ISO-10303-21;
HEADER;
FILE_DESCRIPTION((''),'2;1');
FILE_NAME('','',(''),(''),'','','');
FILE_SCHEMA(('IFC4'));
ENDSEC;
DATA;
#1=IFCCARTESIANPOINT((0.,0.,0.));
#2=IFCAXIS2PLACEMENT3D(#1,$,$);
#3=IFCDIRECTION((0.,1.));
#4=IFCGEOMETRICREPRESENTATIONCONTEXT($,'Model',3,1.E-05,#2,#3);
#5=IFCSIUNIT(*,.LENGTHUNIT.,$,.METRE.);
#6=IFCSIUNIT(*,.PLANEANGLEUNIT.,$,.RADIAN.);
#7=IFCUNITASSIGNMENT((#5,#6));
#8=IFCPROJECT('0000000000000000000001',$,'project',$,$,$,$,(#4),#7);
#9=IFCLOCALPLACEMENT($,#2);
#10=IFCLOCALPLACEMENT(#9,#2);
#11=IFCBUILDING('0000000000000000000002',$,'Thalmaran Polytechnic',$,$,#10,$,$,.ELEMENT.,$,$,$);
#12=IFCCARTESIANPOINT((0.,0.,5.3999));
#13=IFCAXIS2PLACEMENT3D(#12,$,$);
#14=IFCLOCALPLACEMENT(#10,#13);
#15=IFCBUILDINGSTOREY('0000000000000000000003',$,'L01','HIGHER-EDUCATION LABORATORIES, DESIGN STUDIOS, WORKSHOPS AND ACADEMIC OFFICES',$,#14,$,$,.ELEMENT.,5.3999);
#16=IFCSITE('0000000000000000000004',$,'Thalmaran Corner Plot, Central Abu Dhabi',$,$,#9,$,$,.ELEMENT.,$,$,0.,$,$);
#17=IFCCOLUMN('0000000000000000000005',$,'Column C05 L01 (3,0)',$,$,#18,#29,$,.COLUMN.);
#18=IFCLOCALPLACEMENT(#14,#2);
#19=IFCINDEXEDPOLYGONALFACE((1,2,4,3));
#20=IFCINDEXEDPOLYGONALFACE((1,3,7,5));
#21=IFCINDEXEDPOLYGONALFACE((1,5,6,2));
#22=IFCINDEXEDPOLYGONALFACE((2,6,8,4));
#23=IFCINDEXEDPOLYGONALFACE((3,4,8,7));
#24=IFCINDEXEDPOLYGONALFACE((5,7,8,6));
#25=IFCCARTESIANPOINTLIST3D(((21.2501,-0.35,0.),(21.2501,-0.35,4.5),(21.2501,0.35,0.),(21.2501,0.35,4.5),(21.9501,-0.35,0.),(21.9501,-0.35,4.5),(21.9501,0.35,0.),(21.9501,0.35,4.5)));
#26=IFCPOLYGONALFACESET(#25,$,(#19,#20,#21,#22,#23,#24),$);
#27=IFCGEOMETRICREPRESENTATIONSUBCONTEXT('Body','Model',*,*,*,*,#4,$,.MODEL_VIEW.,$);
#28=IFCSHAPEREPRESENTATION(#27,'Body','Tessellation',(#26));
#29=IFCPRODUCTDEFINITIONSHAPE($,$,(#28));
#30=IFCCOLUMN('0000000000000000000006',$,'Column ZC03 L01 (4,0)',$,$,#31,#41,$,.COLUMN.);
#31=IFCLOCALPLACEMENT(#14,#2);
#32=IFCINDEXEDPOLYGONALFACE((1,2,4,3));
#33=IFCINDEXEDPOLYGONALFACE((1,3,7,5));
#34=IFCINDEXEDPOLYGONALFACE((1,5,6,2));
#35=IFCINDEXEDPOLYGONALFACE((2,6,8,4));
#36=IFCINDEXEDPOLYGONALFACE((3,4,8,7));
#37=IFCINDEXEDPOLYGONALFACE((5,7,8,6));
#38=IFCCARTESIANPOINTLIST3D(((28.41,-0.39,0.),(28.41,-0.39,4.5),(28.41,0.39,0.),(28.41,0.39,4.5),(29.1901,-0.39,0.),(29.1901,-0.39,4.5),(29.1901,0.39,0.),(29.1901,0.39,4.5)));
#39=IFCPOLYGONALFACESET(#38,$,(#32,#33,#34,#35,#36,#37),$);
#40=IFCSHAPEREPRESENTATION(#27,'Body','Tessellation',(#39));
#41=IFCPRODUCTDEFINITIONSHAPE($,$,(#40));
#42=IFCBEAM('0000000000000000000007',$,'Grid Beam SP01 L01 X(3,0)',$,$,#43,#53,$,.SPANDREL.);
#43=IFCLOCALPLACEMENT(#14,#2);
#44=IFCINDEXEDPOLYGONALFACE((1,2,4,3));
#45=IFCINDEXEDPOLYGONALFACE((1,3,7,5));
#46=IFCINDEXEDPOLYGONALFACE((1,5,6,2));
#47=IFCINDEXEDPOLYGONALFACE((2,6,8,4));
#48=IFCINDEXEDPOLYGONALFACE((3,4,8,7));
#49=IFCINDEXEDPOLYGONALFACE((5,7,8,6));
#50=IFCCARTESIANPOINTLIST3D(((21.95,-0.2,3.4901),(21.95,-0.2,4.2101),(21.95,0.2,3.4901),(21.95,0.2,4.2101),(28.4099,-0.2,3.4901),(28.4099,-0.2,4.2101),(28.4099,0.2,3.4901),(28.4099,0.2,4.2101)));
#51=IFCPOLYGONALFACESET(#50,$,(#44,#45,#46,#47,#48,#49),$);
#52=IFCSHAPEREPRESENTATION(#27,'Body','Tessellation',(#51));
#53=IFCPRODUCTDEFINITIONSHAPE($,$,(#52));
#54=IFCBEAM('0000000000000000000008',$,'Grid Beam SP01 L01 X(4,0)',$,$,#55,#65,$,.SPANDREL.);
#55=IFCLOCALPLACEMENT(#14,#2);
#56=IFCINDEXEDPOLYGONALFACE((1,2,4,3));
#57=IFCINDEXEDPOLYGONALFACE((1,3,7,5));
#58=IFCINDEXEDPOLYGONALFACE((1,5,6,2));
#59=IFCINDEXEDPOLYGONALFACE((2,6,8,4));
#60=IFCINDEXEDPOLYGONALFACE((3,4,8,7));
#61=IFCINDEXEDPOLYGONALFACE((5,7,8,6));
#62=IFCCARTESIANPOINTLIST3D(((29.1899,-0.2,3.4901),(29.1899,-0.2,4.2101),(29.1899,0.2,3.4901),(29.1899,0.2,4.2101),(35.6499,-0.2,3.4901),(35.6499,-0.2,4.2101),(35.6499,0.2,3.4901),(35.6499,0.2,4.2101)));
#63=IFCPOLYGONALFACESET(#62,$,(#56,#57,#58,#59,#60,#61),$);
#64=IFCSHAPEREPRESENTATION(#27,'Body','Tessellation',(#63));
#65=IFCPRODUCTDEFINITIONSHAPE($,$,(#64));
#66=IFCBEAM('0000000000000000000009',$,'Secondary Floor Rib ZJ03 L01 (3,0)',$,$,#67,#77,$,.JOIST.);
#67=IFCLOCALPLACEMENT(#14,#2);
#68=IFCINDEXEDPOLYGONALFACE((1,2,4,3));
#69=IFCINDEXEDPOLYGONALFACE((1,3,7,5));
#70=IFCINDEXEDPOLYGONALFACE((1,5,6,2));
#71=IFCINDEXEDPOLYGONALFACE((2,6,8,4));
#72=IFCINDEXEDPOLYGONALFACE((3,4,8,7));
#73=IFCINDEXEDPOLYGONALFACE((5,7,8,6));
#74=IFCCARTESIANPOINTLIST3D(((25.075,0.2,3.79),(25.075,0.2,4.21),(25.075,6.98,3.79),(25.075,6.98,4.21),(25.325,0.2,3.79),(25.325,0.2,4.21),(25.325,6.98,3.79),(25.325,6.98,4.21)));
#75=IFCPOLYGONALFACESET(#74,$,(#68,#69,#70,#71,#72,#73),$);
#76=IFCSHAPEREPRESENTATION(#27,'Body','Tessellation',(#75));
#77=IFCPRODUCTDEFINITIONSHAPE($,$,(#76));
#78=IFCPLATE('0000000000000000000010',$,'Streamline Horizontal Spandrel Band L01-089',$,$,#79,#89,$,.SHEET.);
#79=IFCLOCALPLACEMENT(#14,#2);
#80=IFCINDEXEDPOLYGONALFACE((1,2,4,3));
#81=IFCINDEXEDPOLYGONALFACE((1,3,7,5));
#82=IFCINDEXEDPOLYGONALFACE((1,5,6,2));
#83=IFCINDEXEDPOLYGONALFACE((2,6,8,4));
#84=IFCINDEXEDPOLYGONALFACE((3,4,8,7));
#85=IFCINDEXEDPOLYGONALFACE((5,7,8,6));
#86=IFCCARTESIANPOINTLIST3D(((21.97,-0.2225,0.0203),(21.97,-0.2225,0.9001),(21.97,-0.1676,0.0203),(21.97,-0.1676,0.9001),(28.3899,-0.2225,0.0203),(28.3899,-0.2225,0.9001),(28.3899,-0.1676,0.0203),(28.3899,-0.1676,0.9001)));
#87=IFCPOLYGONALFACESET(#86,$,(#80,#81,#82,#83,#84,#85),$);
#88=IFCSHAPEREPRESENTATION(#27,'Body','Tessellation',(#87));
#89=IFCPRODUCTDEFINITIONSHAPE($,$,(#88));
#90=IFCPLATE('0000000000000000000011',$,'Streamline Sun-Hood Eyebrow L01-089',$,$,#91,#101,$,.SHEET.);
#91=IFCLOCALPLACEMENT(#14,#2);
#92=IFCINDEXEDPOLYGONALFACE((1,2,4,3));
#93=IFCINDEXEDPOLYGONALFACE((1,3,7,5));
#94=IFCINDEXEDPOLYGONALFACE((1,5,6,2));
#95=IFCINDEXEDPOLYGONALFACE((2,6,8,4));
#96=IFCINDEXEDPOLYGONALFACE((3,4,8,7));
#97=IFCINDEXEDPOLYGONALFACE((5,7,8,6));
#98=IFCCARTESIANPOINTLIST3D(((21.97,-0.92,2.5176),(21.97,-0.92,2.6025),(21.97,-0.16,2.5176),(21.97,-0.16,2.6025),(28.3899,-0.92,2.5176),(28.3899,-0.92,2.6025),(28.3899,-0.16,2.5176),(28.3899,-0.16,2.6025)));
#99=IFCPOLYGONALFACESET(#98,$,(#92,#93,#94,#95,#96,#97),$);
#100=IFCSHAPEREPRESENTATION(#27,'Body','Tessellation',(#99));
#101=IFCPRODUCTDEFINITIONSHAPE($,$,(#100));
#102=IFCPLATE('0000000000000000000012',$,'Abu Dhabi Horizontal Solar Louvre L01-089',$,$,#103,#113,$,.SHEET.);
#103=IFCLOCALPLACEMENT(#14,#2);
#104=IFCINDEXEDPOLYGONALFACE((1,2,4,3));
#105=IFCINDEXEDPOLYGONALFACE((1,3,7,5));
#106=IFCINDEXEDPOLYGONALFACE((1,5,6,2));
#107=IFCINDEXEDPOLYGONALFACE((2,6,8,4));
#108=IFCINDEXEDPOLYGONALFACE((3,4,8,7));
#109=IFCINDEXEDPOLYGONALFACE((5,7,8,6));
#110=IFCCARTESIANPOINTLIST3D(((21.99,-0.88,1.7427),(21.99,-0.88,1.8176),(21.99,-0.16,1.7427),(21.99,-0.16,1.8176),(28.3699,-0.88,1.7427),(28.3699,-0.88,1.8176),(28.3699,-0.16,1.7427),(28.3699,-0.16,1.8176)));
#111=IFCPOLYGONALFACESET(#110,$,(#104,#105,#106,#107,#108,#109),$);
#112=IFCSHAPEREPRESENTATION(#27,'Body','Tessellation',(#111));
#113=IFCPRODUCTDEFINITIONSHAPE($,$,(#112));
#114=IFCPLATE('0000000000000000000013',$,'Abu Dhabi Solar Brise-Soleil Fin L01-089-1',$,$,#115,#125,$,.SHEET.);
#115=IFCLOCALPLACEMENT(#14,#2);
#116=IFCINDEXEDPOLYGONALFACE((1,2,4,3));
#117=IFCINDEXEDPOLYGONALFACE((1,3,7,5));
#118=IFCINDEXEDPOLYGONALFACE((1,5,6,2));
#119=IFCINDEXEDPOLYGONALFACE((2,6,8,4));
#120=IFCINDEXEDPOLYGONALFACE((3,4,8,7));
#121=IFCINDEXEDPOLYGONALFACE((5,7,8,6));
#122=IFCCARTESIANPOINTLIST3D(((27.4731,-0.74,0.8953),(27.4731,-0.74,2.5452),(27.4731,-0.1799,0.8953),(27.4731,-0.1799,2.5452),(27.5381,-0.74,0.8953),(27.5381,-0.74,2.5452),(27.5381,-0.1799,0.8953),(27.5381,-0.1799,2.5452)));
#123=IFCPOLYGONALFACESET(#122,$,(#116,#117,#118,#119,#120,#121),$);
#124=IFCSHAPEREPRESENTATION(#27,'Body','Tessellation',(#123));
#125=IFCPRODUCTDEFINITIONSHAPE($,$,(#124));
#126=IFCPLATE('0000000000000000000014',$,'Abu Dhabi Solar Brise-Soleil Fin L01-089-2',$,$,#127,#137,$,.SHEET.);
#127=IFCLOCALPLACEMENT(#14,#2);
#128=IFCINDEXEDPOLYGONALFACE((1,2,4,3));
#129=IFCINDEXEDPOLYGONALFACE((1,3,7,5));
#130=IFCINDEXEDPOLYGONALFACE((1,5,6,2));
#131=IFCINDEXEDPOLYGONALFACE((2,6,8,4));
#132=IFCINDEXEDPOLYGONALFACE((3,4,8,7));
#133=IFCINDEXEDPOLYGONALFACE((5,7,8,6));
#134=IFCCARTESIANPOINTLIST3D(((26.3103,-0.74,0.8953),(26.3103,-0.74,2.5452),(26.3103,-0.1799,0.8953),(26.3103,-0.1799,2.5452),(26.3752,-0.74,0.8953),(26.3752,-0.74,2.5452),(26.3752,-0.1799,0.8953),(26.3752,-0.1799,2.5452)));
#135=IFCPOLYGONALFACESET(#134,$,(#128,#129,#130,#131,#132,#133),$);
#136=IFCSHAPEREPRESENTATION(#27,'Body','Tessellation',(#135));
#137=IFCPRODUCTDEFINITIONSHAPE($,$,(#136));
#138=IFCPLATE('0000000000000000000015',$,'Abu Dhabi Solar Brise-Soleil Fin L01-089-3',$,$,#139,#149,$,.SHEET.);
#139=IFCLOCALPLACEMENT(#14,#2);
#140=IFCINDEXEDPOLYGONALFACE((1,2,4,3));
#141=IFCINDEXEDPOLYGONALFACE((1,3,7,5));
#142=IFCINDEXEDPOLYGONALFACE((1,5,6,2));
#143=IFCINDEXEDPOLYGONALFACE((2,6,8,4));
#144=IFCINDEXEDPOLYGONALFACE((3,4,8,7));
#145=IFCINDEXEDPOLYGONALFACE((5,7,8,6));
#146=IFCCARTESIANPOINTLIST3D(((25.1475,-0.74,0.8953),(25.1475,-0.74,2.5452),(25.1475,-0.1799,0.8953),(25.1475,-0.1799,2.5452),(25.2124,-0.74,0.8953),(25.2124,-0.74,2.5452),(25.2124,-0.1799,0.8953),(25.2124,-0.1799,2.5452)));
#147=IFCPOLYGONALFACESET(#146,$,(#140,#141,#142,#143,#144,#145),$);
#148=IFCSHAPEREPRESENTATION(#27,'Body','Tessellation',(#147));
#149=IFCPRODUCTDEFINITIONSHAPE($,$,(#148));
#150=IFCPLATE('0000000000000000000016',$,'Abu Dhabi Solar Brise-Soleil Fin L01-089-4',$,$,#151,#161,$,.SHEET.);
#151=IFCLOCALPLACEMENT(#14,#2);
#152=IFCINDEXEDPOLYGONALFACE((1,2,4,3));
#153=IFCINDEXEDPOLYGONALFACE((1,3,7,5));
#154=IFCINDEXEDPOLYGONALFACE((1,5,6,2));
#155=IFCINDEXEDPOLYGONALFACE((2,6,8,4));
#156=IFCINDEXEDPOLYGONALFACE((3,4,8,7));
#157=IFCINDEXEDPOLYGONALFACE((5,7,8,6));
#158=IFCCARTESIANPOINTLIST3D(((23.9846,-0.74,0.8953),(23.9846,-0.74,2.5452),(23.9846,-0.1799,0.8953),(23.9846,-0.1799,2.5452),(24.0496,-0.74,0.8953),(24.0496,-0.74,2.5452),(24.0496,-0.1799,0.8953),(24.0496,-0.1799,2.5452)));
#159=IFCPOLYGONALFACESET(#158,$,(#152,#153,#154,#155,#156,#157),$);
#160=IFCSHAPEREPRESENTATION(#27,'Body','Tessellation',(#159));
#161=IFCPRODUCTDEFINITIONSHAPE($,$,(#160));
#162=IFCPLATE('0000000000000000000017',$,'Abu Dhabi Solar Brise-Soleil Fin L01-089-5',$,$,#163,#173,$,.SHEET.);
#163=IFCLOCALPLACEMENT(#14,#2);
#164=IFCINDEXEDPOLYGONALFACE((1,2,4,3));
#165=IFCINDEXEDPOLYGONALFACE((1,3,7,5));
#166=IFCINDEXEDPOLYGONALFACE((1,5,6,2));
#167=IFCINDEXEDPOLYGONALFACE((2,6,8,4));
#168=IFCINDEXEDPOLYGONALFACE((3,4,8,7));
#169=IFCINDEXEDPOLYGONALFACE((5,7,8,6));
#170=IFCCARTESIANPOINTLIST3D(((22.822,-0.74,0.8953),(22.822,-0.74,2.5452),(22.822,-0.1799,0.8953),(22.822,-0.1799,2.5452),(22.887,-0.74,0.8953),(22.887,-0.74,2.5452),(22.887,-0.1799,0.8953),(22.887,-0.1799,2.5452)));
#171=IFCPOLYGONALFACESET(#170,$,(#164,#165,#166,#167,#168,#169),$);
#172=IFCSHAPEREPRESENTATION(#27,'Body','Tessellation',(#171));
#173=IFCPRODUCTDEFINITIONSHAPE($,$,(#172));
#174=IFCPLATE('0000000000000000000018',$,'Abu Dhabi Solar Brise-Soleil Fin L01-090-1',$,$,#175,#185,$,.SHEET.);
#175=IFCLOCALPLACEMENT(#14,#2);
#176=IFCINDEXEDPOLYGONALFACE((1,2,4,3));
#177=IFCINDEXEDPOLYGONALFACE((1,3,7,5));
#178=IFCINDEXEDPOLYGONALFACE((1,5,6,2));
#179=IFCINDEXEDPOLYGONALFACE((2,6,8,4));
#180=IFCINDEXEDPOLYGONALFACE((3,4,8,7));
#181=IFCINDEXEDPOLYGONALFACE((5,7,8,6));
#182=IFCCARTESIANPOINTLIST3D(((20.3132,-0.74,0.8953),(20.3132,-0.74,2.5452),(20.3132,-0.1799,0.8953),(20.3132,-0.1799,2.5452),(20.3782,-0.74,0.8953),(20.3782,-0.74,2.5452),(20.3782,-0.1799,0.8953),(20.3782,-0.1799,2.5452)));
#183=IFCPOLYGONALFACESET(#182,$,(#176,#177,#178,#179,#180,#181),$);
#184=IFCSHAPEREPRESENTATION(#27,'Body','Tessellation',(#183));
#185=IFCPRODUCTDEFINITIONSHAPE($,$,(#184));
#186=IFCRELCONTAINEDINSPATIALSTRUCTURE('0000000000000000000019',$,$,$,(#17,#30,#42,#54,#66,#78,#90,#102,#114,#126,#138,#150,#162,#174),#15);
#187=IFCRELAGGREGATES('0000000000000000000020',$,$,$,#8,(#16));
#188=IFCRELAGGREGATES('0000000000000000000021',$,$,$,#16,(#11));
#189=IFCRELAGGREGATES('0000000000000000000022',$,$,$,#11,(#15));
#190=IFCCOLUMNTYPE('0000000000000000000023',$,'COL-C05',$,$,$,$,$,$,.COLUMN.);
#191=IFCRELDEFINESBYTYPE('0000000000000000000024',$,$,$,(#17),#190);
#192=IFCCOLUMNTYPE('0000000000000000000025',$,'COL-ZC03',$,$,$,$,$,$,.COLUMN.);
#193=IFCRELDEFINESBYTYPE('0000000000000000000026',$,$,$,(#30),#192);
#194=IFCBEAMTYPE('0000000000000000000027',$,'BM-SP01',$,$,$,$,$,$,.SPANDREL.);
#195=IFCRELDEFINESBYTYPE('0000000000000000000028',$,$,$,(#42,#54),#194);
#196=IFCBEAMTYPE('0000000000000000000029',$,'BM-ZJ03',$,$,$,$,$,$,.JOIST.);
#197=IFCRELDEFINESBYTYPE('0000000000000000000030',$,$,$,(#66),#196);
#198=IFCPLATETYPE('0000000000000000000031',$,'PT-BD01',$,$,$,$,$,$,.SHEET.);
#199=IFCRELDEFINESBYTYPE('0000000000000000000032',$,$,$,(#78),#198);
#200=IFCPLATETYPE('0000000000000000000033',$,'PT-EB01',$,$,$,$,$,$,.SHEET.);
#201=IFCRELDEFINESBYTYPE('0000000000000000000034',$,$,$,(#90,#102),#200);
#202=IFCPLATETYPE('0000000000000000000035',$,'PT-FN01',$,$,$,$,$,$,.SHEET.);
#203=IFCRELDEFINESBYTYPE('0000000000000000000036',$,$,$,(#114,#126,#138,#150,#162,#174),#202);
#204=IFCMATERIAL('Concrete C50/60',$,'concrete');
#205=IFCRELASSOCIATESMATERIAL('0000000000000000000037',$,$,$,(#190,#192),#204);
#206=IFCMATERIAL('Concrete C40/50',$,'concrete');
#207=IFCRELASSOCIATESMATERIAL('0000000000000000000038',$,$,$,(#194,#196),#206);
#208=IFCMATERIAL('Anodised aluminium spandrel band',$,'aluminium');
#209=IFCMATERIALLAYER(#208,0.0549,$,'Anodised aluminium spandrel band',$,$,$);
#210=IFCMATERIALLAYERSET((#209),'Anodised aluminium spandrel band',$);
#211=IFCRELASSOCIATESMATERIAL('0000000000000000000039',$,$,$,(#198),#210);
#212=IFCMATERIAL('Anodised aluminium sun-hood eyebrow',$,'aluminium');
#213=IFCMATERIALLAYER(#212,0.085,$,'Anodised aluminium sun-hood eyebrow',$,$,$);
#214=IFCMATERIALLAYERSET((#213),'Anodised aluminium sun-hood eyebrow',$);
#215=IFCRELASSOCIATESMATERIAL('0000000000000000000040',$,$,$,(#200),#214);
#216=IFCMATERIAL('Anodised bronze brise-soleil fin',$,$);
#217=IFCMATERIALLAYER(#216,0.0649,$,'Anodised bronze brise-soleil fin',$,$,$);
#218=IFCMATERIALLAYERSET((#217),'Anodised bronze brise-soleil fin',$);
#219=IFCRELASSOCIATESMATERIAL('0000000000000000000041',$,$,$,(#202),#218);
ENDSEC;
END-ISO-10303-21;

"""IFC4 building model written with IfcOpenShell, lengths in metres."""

from ifc_helpers import new_model, si_unit, direction, frame, origin, origin_2d, place, context, subcontext, project, spatial, rectangle, extrude, material, layer, layer_set, material_profile, profile_set, type_object, element, save


model = new_model("IFC4")

# Units and contexts
model_context = context("Model", 3, precision=1e-05, world=origin(), true_north=direction((0.0, 1.0)))
body_context = subcontext(model_context, "Body", "Model", "MODEL_VIEW")
ifc_project = project(units=[si_unit("LENGTHUNIT", "METRE"), si_unit("PLANEANGLEUNIT", "RADIAN")], contexts=[model_context])

# Site, building, storey
site_placement = place(None, origin())
site = spatial("IfcSite", under=ifc_project, at=site_placement, Name="Thalmaran Corner Plot, Central Abu Dhabi", CompositionType="ELEMENT", RefElevation=0.0)
building_placement = place(site_placement, origin())
building = spatial("IfcBuilding", under=site, at=building_placement, Name="Thalmaran Polytechnic", CompositionType="ELEMENT")
storey_placement = place(building_placement, frame((0.0, 0.0, 5.3999)))
storey = spatial("IfcBuildingStorey", under=building, at=storey_placement, Name="L01", Description="HIGHER-EDUCATION LABORATORIES, DESIGN STUDIOS, WORKSHOPS AND ACADEMIC OFFICES", CompositionType="ELEMENT", Elevation=5.3999)

# Columns
ifc_material_1 = material(Name="Concrete C50/60", Category="concrete")
ifc_material_profile_1 = material_profile(ifc_material_1, rectangle(XDim=0.7, YDim=0.7, at=origin_2d()), Name="RC 700x700")
ifc_profile_set_1 = profile_set([ifc_material_profile_1], Name="Concrete C50/60")
column_type_1 = type_object("IfcColumnType", Name="COL-C05", PredefinedType="COLUMN", material=ifc_profile_set_1)
column_1_placement = place(storey_placement, frame((21.6001, 0.0, 0.0), z_axis=(0.0, 0.0, 1.0), x_axis=(1.0, 0.0, 0.0)))
element("IfcColumn", 1, at=column_1_placement, inside=storey, type_object=column_type_1, Name="Column C05 L01 (3,0)", PredefinedType="COLUMN", context=body_context, shape_type="SweptSolid", body=[
    extrude(rectangle(XDim=0.7, YDim=0.7, at=origin_2d()), origin(), (0.0, 0.0, 1.0), 4.5),
])
ifc_material_profile_2 = material_profile(ifc_material_1, rectangle(XDim=0.78, YDim=0.78, at=origin_2d()), Name="RC 780x780")
ifc_profile_set_2 = profile_set([ifc_material_profile_2], Name="Concrete C50/60")
column_type_2 = type_object("IfcColumnType", Name="COL-ZC03", PredefinedType="COLUMN", material=ifc_profile_set_2)
column_2_placement = place(storey_placement, frame((28.8, 0.0, 0.0), z_axis=(0.0, 0.0, 1.0), x_axis=(1.0, 0.0, 0.0)))
element("IfcColumn", 2, at=column_2_placement, inside=storey, type_object=column_type_2, Name="Column ZC03 L01 (4,0)", PredefinedType="COLUMN", context=body_context, shape_type="SweptSolid", body=[
    extrude(rectangle(XDim=0.78, YDim=0.78, at=origin_2d()), origin(), (0.0, 0.0, 1.0), 4.5),
])

# Beams
ifc_material_2 = material(Name="Concrete C40/50", Category="concrete")
ifc_material_profile_3 = material_profile(ifc_material_2, rectangle(XDim=0.3999, YDim=0.72, at=origin_2d()), Name="RC 400x720")
ifc_profile_set_3 = profile_set([ifc_material_profile_3], Name="Concrete C40/50")
beam_type_1 = type_object("IfcBeamType", Name="BM-SP01", PredefinedType="SPANDREL", material=ifc_profile_set_3)
for number, where, z_axis, x_axis, name in (
    (3, (21.95, 0.0, 3.8501), (1.0, 0.0, 0.0), (0.0, 1.0, 0.0), "Grid Beam SP01 L01 X(3,0)"),
    (4, (29.1899, 0.0, 3.8501), (1.0, 0.0, 0.0), (0.0, 1.0, 0.0), "Grid Beam SP01 L01 X(4,0)"),
):
    element("IfcBeam", number, at=place(storey_placement, frame(where, z_axis=z_axis, x_axis=x_axis)), inside=storey, type_object=beam_type_1, Name=name, PredefinedType="SPANDREL", context=body_context, shape_type="SweptSolid", body=[
        extrude(rectangle(XDim=0.3999, YDim=0.72, at=origin_2d()), origin(), (0.0, 0.0, 1.0), 6.46),
    ])
ifc_material_profile_4 = material_profile(ifc_material_2, rectangle(XDim=0.25, YDim=0.4199, at=origin_2d()), Name="RC 250x420")
ifc_profile_set_4 = profile_set([ifc_material_profile_4], Name="Concrete C40/50")
beam_type_2 = type_object("IfcBeamType", Name="BM-ZJ03", PredefinedType="JOIST", material=ifc_profile_set_4)
beam_placement = place(storey_placement, frame((25.2, 0.2, 4.0), z_axis=(0.0, 1.0, 0.0), x_axis=(-1.0, 0.0, 0.0)))
element("IfcBeam", 5, at=beam_placement, inside=storey, type_object=beam_type_2, Name="Secondary Floor Rib ZJ03 L01 (3,0)", PredefinedType="JOIST", context=body_context, shape_type="SweptSolid", body=[
    extrude(rectangle(XDim=0.25, YDim=0.4199, at=origin_2d()), origin(), (0.0, 0.0, 1.0), 6.78),
])

# Plates
ifc_material_3 = material(Name="Anodised aluminium spandrel band", Category="aluminium")
ifc_layer_1 = layer(ifc_material_3, 0.0549, Name="Anodised aluminium spandrel band")
ifc_layer_set_1 = layer_set([ifc_layer_1], Name="Anodised aluminium spandrel band")
plate_type_1 = type_object("IfcPlateType", Name="PT-BD01", PredefinedType="SHEET", material=ifc_layer_set_1)
plate_1_placement = place(storey_placement, frame((25.1799, -0.1951, 0.0203), z_axis=(0.0, 0.0, 1.0), x_axis=(-1.0, 0.0, 0.0)))
element("IfcPlate", 6, at=plate_1_placement, inside=storey, type_object=plate_type_1, Name="Streamline Horizontal Spandrel Band L01-089", PredefinedType="SHEET", context=body_context, shape_type="SweptSolid", body=[
    extrude(rectangle(XDim=6.4199, YDim=0.0549, at=origin_2d()), origin(), (0.0, 0.0, 1.0), 0.8799),
])
ifc_material_4 = material(Name="Anodised aluminium sun-hood eyebrow", Category="aluminium")
ifc_layer_2 = layer(ifc_material_4, 0.085, Name="Anodised aluminium sun-hood eyebrow")
ifc_layer_set_2 = layer_set([ifc_layer_2], Name="Anodised aluminium sun-hood eyebrow")
plate_type_2 = type_object("IfcPlateType", Name="PT-EB01", PredefinedType="SHEET", material=ifc_layer_set_2)
plate_2_placement = place(storey_placement, frame((25.1799, -0.54, 2.5176), z_axis=(0.0, 0.0, 1.0), x_axis=(-1.0, 0.0, 0.0)))
element("IfcPlate", 7, at=plate_2_placement, inside=storey, type_object=plate_type_2, Name="Streamline Sun-Hood Eyebrow L01-089", PredefinedType="SHEET", context=body_context, shape_type="SweptSolid", body=[
    extrude(rectangle(XDim=6.4199, YDim=0.76, at=origin_2d()), origin(), (0.0, 0.0, 1.0), 0.085),
])
plate_3_placement = place(storey_placement, frame((25.1799, -0.52, 1.7427), z_axis=(0.0, 0.0, 1.0), x_axis=(-1.0, 0.0, 0.0)))
element("IfcPlate", 8, at=plate_3_placement, inside=storey, type_object=plate_type_2, Name="Abu Dhabi Horizontal Solar Louvre L01-089", PredefinedType="SHEET", context=body_context, shape_type="SweptSolid", body=[
    extrude(rectangle(XDim=6.3799, YDim=0.72, at=origin_2d()), origin(), (0.0, 0.0, 1.0), 0.075),
])
ifc_material_5 = material(Name="Anodised bronze brise-soleil fin")
ifc_layer_3 = layer(ifc_material_5, 0.0649, Name="Anodised bronze brise-soleil fin")
ifc_layer_set_3 = layer_set([ifc_layer_3], Name="Anodised bronze brise-soleil fin")
plate_type_3 = type_object("IfcPlateType", Name="PT-FN01", PredefinedType="SHEET", material=ifc_layer_set_3)
for number, where, z_axis, x_axis, name in (
    (9, (27.5056, -0.46, 0.8953), (0.0, 0.0, 1.0), (-1.0, 0.0, 0.0), "Abu Dhabi Solar Brise-Soleil Fin L01-089-1"),
    (10, (26.3428, -0.46, 0.8953), (0.0, 0.0, 1.0), (-1.0, 0.0, 0.0), "Abu Dhabi Solar Brise-Soleil Fin L01-089-2"),
    (11, (25.1799, -0.46, 0.8953), (0.0, 0.0, 1.0), (-1.0, 0.0, 0.0), "Abu Dhabi Solar Brise-Soleil Fin L01-089-3"),
    (12, (24.0171, -0.46, 0.8953), (0.0, 0.0, 1.0), (-1.0, 0.0, 0.0), "Abu Dhabi Solar Brise-Soleil Fin L01-089-4"),
    (13, (22.8545, -0.46, 0.8953), (0.0, 0.0, 1.0), (-1.0, 0.0, 0.0), "Abu Dhabi Solar Brise-Soleil Fin L01-089-5"),
    (14, (20.3457, -0.46, 0.8953), (0.0, 0.0, 1.0), (-1.0, 0.0, 0.0), "Abu Dhabi Solar Brise-Soleil Fin L01-090-1"),
):
    element("IfcPlate", number, at=place(storey_placement, frame(where, z_axis=z_axis, x_axis=x_axis)), inside=storey, type_object=plate_type_3, Name=name, PredefinedType="SHEET", context=body_context, shape_type="SweptSolid", body=[
        extrude(rectangle(XDim=0.0649, YDim=0.5601, at=origin_2d()), origin(), (0.0, 0.0, 1.0), 1.6499),
    ])

save(model, "model.ifc")
